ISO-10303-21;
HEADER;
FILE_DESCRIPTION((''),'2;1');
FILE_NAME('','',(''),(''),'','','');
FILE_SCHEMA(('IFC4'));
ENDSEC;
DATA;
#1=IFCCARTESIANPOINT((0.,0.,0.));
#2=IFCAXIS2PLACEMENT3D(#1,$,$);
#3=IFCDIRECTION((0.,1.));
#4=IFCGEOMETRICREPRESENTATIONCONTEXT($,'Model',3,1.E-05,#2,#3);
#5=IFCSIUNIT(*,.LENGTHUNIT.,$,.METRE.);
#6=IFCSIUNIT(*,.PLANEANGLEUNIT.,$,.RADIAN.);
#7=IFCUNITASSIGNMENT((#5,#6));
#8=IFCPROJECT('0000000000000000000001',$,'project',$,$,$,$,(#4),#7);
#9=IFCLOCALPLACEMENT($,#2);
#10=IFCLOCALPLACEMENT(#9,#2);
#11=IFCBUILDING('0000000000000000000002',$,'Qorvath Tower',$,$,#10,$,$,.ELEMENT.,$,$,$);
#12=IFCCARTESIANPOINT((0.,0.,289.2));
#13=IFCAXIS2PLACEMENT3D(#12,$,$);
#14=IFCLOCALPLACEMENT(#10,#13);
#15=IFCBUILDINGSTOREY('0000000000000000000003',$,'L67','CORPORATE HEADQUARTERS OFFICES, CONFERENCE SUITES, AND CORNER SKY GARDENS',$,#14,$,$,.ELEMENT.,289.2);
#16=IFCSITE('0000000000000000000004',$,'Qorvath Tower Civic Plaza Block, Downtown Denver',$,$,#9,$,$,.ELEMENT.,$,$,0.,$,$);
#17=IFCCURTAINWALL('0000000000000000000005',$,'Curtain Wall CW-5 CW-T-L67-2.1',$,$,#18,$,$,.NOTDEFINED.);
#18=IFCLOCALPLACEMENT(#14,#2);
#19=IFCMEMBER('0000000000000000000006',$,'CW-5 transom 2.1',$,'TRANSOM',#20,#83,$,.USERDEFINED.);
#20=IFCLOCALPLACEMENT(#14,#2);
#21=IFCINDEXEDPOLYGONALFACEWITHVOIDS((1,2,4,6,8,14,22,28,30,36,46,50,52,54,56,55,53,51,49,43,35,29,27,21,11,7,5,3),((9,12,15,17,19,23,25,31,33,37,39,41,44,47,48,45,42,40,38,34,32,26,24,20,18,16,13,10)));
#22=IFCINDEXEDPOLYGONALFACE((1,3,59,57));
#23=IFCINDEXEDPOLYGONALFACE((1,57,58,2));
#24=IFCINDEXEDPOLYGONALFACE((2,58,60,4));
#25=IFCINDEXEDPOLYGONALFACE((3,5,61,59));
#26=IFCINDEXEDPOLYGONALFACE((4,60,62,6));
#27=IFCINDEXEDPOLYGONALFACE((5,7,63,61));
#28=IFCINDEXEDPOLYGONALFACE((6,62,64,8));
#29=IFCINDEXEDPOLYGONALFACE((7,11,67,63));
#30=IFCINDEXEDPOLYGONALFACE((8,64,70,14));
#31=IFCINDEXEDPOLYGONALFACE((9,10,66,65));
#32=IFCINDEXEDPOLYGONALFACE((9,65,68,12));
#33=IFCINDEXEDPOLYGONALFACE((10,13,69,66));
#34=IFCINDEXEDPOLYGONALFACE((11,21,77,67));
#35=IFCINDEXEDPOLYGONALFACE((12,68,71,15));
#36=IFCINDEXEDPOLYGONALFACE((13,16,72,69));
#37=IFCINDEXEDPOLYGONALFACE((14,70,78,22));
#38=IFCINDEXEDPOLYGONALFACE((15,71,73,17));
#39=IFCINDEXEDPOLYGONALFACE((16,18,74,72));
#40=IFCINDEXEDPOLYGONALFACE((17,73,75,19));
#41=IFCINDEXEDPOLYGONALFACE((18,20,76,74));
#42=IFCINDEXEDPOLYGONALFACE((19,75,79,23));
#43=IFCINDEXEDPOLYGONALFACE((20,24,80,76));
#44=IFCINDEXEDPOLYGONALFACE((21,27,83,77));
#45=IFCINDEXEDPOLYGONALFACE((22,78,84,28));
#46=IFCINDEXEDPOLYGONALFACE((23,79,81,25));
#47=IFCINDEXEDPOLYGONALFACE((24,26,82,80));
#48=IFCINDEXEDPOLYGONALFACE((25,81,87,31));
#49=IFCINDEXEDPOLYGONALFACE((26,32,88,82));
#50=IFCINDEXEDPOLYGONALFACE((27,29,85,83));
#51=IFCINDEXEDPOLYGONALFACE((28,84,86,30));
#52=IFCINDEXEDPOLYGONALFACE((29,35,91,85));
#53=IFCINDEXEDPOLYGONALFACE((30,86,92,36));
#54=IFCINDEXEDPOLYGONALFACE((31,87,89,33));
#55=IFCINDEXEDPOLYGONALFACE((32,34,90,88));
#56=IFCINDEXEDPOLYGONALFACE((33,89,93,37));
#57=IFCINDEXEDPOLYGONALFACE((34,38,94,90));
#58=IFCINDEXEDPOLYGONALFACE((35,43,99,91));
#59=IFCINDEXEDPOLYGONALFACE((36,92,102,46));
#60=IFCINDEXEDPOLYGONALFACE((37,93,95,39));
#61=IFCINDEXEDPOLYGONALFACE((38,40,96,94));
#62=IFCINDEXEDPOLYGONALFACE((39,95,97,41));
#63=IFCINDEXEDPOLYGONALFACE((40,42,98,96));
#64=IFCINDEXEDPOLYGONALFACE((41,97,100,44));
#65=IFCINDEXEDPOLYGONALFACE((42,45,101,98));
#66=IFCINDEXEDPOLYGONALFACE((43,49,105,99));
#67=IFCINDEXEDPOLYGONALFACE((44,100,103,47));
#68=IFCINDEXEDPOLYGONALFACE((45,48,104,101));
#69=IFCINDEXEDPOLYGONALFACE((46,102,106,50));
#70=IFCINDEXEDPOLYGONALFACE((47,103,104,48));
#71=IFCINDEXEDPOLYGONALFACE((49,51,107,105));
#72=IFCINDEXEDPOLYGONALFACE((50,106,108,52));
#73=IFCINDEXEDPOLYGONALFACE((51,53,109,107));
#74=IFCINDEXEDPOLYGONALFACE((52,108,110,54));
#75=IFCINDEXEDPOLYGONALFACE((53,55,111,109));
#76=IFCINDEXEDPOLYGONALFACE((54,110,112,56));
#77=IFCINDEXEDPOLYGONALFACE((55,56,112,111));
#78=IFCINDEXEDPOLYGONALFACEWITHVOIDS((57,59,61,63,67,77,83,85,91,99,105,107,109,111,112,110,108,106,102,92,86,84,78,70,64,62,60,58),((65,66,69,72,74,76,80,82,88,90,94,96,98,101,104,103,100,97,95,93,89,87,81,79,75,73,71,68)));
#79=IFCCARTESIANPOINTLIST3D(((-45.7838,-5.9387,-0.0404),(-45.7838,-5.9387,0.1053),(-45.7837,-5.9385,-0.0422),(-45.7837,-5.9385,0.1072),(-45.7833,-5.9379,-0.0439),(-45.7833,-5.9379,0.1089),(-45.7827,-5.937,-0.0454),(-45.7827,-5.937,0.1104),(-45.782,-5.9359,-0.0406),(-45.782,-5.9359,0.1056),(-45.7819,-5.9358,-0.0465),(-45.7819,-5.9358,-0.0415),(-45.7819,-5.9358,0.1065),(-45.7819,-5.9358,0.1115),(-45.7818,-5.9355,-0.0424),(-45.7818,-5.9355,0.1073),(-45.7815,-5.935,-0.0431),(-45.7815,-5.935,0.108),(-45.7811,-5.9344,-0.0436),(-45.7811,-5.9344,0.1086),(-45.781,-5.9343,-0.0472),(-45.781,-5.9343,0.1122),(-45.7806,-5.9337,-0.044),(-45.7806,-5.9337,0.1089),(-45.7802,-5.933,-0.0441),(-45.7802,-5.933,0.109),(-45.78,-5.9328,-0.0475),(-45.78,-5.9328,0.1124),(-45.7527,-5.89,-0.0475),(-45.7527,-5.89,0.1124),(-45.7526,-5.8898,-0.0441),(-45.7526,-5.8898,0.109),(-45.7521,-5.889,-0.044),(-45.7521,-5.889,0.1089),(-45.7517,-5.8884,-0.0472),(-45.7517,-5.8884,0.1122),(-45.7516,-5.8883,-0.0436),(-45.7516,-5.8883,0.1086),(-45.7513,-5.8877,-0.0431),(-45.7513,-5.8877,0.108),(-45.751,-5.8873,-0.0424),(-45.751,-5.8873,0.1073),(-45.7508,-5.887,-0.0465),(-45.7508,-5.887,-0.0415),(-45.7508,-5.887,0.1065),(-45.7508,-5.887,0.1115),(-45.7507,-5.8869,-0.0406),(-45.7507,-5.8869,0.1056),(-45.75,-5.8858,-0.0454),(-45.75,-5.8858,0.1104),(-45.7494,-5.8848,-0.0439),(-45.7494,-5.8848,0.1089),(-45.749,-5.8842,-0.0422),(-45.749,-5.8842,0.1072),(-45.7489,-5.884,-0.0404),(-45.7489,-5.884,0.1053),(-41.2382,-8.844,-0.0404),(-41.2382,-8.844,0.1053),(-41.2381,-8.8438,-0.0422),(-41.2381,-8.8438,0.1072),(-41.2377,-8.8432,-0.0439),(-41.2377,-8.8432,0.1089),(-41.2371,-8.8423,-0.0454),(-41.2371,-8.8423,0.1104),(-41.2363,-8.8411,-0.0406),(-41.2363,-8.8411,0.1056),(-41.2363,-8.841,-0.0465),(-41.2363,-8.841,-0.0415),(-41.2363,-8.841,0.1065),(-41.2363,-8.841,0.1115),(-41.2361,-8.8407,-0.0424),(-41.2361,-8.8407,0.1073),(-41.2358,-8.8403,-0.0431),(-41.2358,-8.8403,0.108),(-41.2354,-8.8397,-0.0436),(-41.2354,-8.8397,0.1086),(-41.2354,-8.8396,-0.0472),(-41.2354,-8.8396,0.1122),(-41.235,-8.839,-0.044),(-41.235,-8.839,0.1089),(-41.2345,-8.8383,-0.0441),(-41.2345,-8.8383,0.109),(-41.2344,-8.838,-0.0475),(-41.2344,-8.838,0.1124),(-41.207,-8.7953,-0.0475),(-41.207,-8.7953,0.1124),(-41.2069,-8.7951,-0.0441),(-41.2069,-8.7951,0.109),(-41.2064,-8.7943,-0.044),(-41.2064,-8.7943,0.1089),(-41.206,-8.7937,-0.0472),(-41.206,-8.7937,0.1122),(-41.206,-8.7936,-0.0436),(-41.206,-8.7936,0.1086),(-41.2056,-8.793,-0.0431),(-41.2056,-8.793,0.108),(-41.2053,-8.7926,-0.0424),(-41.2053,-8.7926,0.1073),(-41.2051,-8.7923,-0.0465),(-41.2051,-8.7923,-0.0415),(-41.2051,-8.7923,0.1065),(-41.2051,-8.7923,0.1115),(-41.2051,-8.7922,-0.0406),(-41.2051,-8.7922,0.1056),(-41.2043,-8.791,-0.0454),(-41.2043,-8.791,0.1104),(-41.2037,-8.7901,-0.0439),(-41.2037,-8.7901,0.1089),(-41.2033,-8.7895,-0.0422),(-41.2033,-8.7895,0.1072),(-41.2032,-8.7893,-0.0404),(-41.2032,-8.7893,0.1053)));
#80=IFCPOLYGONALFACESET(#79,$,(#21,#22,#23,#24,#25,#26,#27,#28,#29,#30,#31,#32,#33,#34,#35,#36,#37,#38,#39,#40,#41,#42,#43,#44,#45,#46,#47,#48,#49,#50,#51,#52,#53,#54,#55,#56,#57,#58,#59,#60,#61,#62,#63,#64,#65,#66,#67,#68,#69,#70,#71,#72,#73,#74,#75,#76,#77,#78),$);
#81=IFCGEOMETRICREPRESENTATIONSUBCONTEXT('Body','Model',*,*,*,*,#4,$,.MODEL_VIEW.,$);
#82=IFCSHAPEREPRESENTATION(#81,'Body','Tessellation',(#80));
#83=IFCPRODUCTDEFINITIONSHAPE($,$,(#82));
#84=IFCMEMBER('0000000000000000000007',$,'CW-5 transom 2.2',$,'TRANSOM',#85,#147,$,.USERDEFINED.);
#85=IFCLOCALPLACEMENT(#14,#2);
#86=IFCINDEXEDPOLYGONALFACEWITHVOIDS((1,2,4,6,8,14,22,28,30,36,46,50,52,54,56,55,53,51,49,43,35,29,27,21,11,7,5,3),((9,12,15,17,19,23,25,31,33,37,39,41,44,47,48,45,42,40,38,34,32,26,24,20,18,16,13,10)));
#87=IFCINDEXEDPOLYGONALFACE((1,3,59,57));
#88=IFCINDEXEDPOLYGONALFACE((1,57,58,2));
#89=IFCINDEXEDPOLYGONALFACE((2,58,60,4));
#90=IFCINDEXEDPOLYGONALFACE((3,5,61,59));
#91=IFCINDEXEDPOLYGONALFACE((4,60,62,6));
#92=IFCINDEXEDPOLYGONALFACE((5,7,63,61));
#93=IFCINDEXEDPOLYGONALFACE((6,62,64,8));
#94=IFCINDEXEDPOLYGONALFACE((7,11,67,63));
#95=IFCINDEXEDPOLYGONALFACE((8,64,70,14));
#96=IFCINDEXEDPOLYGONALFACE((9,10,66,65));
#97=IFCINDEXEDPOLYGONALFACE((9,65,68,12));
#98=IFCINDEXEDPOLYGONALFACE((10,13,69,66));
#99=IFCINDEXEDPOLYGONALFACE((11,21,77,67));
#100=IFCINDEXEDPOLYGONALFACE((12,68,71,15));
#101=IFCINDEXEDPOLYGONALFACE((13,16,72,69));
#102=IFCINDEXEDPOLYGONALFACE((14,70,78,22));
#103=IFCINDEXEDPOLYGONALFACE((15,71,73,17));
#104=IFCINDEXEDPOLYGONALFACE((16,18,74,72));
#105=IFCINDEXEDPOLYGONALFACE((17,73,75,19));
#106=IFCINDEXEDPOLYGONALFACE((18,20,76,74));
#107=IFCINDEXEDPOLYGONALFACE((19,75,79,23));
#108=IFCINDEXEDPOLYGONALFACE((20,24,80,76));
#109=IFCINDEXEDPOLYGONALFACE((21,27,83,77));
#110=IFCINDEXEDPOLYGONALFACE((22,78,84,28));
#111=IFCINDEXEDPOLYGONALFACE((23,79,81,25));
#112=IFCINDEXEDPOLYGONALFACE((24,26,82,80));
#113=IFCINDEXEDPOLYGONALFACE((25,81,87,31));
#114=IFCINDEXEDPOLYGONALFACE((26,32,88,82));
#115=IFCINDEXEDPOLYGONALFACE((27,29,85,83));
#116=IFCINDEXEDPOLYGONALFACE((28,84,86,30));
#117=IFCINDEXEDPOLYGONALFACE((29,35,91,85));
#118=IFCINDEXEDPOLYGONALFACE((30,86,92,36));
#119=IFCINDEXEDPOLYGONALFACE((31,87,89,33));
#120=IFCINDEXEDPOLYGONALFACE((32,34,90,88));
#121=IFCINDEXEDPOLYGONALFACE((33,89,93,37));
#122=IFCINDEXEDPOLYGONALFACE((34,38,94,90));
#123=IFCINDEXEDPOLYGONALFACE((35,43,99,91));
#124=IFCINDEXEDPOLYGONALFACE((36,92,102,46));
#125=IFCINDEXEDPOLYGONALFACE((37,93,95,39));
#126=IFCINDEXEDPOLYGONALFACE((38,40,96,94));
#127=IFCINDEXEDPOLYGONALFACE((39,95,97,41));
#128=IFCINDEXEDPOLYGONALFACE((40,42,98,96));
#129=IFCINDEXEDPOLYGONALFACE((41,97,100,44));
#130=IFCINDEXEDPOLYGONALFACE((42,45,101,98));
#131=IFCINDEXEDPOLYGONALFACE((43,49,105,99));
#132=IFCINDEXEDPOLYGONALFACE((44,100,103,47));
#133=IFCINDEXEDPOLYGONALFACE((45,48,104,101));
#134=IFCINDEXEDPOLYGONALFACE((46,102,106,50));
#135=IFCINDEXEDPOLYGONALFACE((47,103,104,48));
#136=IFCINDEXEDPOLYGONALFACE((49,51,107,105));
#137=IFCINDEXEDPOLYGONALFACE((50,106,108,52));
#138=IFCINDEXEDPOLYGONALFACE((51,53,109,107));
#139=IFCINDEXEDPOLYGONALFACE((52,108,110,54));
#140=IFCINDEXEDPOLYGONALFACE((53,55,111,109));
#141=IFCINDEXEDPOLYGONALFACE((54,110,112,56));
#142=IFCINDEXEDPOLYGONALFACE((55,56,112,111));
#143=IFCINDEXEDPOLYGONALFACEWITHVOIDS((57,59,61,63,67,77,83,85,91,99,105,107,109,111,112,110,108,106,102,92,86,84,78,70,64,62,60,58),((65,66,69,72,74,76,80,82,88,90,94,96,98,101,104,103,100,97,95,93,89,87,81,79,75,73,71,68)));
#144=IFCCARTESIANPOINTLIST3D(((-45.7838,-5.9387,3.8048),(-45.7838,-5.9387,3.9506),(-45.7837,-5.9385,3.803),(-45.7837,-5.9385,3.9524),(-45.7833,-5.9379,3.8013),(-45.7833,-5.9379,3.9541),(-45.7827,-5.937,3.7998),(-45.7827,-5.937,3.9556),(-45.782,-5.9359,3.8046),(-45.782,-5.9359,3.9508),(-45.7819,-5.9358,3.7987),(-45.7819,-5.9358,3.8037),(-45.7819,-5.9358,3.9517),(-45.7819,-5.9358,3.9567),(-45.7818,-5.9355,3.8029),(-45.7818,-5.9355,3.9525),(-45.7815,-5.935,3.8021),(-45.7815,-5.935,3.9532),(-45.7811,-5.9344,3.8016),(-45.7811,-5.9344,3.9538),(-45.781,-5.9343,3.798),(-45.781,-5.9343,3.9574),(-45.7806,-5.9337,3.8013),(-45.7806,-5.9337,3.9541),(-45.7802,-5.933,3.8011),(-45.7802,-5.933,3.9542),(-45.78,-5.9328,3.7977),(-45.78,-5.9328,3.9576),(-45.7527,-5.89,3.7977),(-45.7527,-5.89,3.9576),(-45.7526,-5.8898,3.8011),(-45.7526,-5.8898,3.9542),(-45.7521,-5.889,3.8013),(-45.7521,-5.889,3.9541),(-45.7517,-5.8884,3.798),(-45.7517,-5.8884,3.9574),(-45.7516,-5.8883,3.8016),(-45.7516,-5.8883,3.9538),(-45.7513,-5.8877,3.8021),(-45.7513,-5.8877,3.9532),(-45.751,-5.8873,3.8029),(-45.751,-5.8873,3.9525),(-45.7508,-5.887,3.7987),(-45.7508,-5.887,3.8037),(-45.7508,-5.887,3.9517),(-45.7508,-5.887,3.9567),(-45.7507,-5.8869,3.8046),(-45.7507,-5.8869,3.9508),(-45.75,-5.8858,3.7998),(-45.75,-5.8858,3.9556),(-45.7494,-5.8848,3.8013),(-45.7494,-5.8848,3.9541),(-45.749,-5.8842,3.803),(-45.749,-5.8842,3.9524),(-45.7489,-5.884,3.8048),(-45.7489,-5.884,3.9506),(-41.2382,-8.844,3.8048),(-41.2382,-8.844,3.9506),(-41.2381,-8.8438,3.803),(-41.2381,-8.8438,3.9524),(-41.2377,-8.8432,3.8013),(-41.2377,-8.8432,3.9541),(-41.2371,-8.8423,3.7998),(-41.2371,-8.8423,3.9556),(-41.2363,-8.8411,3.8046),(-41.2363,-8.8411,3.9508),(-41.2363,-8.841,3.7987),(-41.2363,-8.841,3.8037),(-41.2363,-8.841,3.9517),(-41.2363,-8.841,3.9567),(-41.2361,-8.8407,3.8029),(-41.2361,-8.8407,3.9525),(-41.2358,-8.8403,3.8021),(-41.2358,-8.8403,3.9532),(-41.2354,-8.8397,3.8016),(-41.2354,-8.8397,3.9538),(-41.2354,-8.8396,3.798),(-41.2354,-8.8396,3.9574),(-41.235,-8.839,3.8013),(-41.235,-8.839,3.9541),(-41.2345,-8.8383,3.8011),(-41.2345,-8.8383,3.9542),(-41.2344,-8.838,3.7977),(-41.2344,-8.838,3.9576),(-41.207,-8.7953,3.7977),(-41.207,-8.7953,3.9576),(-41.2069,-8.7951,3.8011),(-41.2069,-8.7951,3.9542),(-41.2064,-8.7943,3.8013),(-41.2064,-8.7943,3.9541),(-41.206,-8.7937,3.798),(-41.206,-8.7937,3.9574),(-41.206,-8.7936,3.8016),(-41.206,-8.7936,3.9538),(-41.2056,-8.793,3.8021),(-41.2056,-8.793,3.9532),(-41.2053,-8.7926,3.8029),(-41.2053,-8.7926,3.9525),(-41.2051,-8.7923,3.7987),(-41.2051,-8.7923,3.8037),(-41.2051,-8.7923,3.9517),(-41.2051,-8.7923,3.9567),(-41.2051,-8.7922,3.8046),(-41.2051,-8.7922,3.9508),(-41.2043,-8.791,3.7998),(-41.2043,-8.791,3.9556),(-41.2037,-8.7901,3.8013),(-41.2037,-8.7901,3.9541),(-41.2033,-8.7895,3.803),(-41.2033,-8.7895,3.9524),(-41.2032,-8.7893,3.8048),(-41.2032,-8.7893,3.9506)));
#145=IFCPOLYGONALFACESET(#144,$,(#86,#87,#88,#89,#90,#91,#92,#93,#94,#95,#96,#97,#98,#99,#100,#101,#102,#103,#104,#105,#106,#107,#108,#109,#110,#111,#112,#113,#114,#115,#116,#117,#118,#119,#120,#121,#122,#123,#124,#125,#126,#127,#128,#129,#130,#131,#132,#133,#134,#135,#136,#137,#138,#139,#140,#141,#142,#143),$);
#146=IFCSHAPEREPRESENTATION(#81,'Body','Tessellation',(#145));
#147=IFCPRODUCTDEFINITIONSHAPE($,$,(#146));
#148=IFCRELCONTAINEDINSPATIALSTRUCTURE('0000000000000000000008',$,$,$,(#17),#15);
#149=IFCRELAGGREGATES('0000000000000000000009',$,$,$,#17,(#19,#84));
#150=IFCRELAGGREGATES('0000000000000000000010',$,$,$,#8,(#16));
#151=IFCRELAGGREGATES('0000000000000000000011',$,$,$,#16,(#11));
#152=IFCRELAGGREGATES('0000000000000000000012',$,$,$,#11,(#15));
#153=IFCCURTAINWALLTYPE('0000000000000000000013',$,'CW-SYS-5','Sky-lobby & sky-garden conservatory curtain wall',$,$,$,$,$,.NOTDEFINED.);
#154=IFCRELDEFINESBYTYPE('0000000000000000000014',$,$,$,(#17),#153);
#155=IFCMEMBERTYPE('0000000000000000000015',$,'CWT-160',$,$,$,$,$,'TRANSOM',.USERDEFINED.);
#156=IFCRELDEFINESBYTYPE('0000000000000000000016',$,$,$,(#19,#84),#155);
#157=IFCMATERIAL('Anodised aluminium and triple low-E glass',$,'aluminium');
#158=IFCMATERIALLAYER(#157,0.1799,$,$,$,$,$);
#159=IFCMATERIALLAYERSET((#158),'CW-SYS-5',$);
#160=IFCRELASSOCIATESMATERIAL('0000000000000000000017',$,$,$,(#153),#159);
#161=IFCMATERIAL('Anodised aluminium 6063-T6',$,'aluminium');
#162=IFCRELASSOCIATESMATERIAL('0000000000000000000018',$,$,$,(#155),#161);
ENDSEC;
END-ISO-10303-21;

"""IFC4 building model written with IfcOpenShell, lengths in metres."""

from ifc_helpers import new_model, si_unit, direction, frame, origin, origin_2d, place, context, subcontext, project, spatial, hollow_rectangle, extrude, material, layer, layer_set, material_profile, profile_set, type_object, element, aggregate, save


model = new_model("IFC4")

# Units and contexts
model_context = context("Model", 3, precision=1e-05, world=origin(), true_north=direction((0.0, 1.0)))
body_context = subcontext(model_context, "Body", "Model", "MODEL_VIEW")
ifc_project = project(units=[si_unit("LENGTHUNIT", "METRE"), si_unit("PLANEANGLEUNIT", "RADIAN")], contexts=[model_context])

# Site, building, storey
site_placement = place(None, origin())
site = spatial("IfcSite", under=ifc_project, at=site_placement, Name="Qorvath Tower Civic Plaza Block, Downtown Denver", CompositionType="ELEMENT", RefElevation=0.0)
building_placement = place(site_placement, origin())
building = spatial("IfcBuilding", under=site, at=building_placement, Name="Qorvath Tower", CompositionType="ELEMENT")
storey_placement = place(building_placement, frame((0.0, 0.0, 289.2)))
storey = spatial("IfcBuildingStorey", under=building, at=storey_placement, Name="L67", Description="CORPORATE HEADQUARTERS OFFICES, CONFERENCE SUITES, AND CORNER SKY GARDENS", CompositionType="ELEMENT", Elevation=289.2)

# Curtain wall, members
ifc_material_1 = material(Name="Anodised aluminium and triple low-E glass", Category="aluminium")
ifc_layer_1 = layer(ifc_material_1, 0.1799)
ifc_layer_set_1 = layer_set([ifc_layer_1], Name="CW-SYS-5")
curtain_wall_type = type_object("IfcCurtainWallType", Name="CW-SYS-5", Description="Sky-lobby & sky-garden conservatory curtain wall", PredefinedType="NOTDEFINED", material=ifc_layer_set_1)
curtain_wall_placement = place(storey_placement, origin())
curtain_wall = element("IfcCurtainWall", 1, at=curtain_wall_placement, inside=storey, type_object=curtain_wall_type, Name="Curtain Wall CW-5 CW-T-L67-2.1", PredefinedType="NOTDEFINED")
ifc_material_2 = material(Name="Anodised aluminium 6063-T6", Category="aluminium")
ifc_material_profile_1 = material_profile(ifc_material_2, hollow_rectangle(XDim=0.0649, YDim=0.1599, WallThickness=0.0034, InnerFilletRadius=0.0034, OuterFilletRadius=0.0071, at=origin_2d()), Name="CWT 160x65")
ifc_profile_set_1 = profile_set([ifc_material_profile_1], Name="Anodised aluminium 6063-T6")
member_type_1 = type_object("IfcMemberType", Name="CWT-160", ElementType="TRANSOM", PredefinedType="USERDEFINED", material=ifc_profile_set_1)
member_1_placement = place(storey_placement, frame((-45.7664, -5.9114, 0.0325), z_axis=(0.842603, -0.538535, 0.0), x_axis=(0.538535, 0.842603, 0.0)))
member_1 = element("IfcMember", 2, at=member_1_placement, type_object=member_type_1, Name="CW-5 transom 2.1", ObjectType="TRANSOM", PredefinedType="USERDEFINED", context=body_context, shape_type="SweptSolid", body=[
    extrude(hollow_rectangle(XDim=0.0649, YDim=0.1599, WallThickness=0.0034, InnerFilletRadius=0.0034, OuterFilletRadius=0.0071, at=origin_2d()), origin(), (0.0, 0.0, 1.0), 5.3948),
])
member_2_placement = place(storey_placement, frame((-45.7664, -5.9114, 3.8777), z_axis=(0.842603, -0.538535, 0.0), x_axis=(0.538535, 0.842603, 0.0)))
member_2 = element("IfcMember", 3, at=member_2_placement, type_object=member_type_1, Name="CW-5 transom 2.2", ObjectType="TRANSOM", PredefinedType="USERDEFINED", context=body_context, shape_type="SweptSolid", body=[
    extrude(hollow_rectangle(XDim=0.0649, YDim=0.1599, WallThickness=0.0034, InnerFilletRadius=0.0034, OuterFilletRadius=0.0071, at=origin_2d()), origin(), (0.0, 0.0, 1.0), 5.3948),
])

aggregate(curtain_wall, [member_1, member_2])

save(model, "model.ifc")
